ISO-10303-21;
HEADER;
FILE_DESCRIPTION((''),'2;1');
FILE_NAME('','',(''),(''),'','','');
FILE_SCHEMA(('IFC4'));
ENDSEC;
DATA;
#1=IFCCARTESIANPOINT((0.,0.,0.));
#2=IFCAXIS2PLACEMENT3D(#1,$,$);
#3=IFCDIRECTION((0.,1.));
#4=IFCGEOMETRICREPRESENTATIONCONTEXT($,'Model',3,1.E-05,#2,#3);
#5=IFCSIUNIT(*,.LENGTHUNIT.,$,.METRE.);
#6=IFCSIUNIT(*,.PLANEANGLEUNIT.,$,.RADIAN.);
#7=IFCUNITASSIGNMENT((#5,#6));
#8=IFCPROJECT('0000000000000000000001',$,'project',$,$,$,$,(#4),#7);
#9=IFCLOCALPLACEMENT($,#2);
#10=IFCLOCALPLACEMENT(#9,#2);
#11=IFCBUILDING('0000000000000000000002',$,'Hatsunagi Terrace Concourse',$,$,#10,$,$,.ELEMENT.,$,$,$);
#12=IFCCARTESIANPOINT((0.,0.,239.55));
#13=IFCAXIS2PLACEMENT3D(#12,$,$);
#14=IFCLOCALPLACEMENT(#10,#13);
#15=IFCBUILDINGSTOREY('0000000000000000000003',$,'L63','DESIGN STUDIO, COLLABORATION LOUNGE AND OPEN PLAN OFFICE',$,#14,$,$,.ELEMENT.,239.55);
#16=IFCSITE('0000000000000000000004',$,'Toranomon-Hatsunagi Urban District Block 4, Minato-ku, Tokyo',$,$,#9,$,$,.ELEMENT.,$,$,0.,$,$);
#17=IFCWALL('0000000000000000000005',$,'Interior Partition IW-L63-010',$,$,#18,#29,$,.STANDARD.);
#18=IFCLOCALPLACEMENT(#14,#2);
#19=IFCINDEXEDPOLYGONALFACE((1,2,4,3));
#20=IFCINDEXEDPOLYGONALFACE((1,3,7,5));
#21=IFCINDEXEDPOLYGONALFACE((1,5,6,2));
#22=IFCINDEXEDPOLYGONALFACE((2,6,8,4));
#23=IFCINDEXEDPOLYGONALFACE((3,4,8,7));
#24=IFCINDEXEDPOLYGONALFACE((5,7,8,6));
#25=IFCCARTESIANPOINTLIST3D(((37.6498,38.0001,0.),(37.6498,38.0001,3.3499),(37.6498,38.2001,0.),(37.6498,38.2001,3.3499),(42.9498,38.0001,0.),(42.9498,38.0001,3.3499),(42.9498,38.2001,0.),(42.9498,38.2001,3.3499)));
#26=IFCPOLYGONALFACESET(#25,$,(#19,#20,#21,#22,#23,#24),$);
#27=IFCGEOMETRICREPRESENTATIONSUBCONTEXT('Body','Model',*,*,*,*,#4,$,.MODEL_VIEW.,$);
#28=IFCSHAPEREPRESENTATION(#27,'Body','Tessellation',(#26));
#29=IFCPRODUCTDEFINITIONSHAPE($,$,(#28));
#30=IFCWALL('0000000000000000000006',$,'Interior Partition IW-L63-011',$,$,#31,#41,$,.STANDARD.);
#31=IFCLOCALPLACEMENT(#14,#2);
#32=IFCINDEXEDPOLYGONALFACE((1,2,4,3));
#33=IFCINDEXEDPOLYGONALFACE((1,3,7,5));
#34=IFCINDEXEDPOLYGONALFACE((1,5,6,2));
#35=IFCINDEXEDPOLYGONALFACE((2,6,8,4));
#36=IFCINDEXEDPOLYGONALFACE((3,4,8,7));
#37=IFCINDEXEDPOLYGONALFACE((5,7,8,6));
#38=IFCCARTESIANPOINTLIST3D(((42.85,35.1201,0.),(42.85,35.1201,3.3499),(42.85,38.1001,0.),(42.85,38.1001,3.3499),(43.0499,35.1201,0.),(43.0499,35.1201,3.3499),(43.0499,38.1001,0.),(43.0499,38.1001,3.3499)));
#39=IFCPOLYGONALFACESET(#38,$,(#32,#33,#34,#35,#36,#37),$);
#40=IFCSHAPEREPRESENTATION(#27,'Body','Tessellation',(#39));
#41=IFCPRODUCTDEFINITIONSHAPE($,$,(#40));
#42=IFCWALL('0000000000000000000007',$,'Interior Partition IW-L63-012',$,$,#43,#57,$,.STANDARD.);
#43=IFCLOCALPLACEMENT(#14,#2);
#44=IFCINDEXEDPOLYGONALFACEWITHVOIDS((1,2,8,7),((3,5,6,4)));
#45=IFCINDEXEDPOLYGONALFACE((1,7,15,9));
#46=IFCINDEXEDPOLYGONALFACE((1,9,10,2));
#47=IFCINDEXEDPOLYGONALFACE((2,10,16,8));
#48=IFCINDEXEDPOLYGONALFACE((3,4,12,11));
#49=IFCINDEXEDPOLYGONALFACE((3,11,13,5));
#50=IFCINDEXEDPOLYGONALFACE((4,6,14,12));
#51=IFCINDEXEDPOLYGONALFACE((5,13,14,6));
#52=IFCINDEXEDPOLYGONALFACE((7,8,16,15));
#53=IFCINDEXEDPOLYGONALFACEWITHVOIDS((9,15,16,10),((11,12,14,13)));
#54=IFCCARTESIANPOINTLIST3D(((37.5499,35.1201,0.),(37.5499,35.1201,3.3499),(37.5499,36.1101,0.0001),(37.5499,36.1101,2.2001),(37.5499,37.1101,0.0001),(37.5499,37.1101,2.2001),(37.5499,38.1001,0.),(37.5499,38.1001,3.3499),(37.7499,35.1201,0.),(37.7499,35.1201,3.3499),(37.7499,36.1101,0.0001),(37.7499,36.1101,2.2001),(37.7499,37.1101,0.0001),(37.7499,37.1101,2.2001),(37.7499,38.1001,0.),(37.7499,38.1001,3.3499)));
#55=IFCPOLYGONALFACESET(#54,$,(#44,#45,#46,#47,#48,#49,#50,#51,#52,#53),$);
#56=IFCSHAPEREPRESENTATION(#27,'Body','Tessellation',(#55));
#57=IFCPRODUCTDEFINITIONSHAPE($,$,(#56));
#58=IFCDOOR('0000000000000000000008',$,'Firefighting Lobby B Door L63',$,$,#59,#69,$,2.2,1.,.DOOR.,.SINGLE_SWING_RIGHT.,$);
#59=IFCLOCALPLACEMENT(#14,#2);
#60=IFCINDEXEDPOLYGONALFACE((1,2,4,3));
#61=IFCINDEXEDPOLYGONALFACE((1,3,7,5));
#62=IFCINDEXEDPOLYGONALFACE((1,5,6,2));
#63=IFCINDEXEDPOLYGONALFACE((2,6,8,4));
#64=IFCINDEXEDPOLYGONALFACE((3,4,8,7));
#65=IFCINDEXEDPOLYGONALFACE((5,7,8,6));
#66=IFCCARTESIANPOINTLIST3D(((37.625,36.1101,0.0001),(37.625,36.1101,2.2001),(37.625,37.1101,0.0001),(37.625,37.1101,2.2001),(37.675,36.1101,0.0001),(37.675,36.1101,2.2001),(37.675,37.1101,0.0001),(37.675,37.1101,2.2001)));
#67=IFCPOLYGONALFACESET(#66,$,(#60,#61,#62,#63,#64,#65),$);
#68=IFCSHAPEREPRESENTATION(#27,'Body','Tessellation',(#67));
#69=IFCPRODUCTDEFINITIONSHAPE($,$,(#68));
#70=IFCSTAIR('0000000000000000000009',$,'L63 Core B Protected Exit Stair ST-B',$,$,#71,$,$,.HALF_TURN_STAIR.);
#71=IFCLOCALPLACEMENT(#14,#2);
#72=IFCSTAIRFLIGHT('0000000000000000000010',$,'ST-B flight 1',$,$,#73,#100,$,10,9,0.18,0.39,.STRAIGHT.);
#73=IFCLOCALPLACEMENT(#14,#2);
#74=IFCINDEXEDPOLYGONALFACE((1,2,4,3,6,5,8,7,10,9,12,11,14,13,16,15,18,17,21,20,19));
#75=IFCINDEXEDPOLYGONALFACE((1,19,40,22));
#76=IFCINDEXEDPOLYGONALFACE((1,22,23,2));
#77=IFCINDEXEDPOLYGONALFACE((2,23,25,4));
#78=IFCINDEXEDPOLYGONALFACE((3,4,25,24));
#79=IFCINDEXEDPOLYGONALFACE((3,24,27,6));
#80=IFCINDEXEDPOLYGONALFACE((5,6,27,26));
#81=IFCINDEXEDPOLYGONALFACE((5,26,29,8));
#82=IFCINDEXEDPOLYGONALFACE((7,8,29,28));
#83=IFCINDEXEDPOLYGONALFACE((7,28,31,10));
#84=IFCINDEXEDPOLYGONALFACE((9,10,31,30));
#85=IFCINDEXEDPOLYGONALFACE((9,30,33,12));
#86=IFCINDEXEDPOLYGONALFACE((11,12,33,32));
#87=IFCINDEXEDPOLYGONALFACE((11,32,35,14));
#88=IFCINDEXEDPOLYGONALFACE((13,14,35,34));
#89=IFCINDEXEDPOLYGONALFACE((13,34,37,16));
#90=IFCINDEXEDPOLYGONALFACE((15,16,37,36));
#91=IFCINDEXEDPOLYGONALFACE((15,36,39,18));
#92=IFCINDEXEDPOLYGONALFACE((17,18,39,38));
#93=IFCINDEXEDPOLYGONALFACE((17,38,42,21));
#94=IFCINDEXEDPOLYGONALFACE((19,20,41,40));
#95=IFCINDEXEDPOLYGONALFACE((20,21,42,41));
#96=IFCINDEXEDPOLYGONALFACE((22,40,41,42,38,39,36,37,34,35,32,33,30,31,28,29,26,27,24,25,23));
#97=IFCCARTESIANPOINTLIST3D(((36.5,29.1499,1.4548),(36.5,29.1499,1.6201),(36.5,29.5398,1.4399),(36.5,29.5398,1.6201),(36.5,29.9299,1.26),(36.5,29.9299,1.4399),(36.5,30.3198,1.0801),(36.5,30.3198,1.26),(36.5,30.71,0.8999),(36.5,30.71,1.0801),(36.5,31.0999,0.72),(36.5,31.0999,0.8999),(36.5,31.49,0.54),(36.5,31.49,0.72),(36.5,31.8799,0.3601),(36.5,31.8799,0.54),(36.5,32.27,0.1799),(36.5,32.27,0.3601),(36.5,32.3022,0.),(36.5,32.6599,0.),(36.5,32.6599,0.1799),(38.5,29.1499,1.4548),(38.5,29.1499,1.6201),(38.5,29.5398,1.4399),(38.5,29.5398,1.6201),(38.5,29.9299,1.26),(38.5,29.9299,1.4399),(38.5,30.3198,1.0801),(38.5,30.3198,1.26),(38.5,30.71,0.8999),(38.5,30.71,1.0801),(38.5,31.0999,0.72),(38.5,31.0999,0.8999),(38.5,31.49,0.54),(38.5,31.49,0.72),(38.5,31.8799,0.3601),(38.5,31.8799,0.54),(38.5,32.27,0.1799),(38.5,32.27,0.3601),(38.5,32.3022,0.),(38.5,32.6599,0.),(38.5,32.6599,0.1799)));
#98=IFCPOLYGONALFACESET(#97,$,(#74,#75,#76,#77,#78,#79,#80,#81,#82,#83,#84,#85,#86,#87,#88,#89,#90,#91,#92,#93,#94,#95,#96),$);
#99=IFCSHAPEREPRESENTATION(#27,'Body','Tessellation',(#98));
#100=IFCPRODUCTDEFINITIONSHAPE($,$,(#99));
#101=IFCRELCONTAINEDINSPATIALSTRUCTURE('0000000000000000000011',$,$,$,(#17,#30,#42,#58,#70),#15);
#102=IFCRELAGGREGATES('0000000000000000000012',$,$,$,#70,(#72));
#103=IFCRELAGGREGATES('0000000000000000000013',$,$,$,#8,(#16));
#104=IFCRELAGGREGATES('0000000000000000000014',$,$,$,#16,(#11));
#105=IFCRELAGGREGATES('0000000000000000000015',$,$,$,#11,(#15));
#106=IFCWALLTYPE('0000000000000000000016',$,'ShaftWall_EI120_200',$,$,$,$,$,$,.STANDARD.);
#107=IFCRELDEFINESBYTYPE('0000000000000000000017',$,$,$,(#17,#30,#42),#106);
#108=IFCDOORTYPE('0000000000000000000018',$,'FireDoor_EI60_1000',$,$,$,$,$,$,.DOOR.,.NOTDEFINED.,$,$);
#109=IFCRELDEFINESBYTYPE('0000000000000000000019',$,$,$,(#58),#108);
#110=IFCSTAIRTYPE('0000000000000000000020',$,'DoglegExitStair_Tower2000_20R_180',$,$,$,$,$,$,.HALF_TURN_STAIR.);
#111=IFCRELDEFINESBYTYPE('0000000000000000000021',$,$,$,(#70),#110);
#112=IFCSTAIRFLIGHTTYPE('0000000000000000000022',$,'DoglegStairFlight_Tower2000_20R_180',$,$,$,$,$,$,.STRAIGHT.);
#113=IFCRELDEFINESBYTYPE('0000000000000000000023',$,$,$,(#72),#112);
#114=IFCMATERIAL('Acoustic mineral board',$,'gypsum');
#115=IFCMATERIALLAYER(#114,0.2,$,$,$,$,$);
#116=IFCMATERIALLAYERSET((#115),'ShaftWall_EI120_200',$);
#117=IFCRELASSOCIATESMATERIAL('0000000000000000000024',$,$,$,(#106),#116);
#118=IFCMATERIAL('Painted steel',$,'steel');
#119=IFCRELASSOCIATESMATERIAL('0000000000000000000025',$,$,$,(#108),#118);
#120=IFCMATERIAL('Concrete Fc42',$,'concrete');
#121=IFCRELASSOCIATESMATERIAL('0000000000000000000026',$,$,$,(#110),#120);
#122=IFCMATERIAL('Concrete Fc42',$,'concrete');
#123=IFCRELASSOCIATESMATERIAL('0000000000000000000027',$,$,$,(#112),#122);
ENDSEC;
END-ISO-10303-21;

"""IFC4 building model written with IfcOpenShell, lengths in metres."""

from ifc_helpers import new_model, si_unit, direction, frame, frame_2d, origin, place, context, subcontext, project, spatial, polyline, rectangle, outline, extrude, material, layer, layer_set, type_object, element, fill, aggregate, save


model = new_model("IFC4")

# Units and contexts
model_context = context("Model", 3, precision=1e-05, world=origin(), true_north=direction((0.0, 1.0)))
body_context = subcontext(model_context, "Body", "Model", "MODEL_VIEW")
ifc_project = project(units=[si_unit("LENGTHUNIT", "METRE"), si_unit("PLANEANGLEUNIT", "RADIAN")], contexts=[model_context])

# Site, building, storey
site_placement = place(None, origin())
site = spatial("IfcSite", under=ifc_project, at=site_placement, Name="Toranomon-Hatsunagi Urban District Block 4, Minato-ku, Tokyo", CompositionType="ELEMENT", RefElevation=0.0)
building_placement = place(site_placement, origin())
building = spatial("IfcBuilding", under=site, at=building_placement, Name="Hatsunagi Terrace Concourse", CompositionType="ELEMENT")
storey_placement = place(building_placement, frame((0.0, 0.0, 239.55)))
storey = spatial("IfcBuildingStorey", under=building, at=storey_placement, Name="L63", Description="DESIGN STUDIO, COLLABORATION LOUNGE AND OPEN PLAN OFFICE", CompositionType="ELEMENT", Elevation=239.55)

# Walls
ifc_material_1 = material(Name="Acoustic mineral board", Category="gypsum")
ifc_layer_1 = layer(ifc_material_1, 0.2)
ifc_layer_set_1 = layer_set([ifc_layer_1], Name="ShaftWall_EI120_200")
wall_type_1 = type_object("IfcWallType", Name="ShaftWall_EI120_200", PredefinedType="STANDARD", material=ifc_layer_set_1)
wall_1_placement = place(storey_placement, frame((37.6499, 38.1001, 0.0), z_axis=(0.0, 0.0, 1.0), x_axis=(1.0, 0.0, 0.0)))
element("IfcWall", 1, at=wall_1_placement, inside=storey, type_object=wall_type_1, Name="Interior Partition IW-L63-010", PredefinedType="STANDARD", context=body_context, shape_type="SweptSolid", body=[
    extrude(rectangle(XDim=5.3, YDim=0.2, at=frame_2d((2.6499, 0.0))), origin(), (0.0, 0.0, 1.0), 3.3499),
])
wall_2_placement = place(storey_placement, frame((42.95, 35.1201, 0.0), z_axis=(0.0, 0.0, 1.0), x_axis=(0.0, 1.0, 0.0)))
element("IfcWall", 2, at=wall_2_placement, inside=storey, type_object=wall_type_1, Name="Interior Partition IW-L63-011", PredefinedType="STANDARD", context=body_context, shape_type="SweptSolid", body=[
    extrude(rectangle(XDim=2.98, YDim=0.2, at=frame_2d((1.49, 0.0))), origin(), (0.0, 0.0, 1.0), 3.3499),
])

# Wall, opening, door
wall_3_placement = place(storey_placement, frame((37.6499, 35.1201, 0.0), z_axis=(0.0, 0.0, 1.0), x_axis=(0.0, 1.0, 0.0)))
wall_3 = element("IfcWall", 3, at=wall_3_placement, inside=storey, type_object=wall_type_1, Name="Interior Partition IW-L63-012", PredefinedType="STANDARD", context=body_context, shape_type="SweptSolid", body=[
    extrude(rectangle(XDim=2.98, YDim=0.2, at=frame_2d((1.49, 0.0))), origin(), (0.0, 0.0, 1.0), 3.3499),
])
opening_1_placement = place(wall_3_placement, frame((0.99, 0.0, 0.0)))
opening_1 = element("IfcOpeningElement", 4, at=opening_1_placement, cuts=wall_3, PredefinedType="OPENING", context=body_context, shape_type="SweptSolid", body=[
    extrude(rectangle(XDim=1.0, YDim=2.2, at=frame_2d((0.5, 1.1001))), frame((0.0, 0.1099, 0.0), z_axis=(0.0, -1.0, 0.0), x_axis=(1.0, 0.0, 0.0)), (0.0, 0.0, 1.0), 0.22),
])
ifc_material_2 = material(Name="Painted steel", Category="steel")
door_type_1 = type_object("IfcDoorType", Name="FireDoor_EI60_1000", OperationType="NOTDEFINED", PredefinedType="DOOR", material=ifc_material_2)
door_1_placement = place(opening_1_placement, origin())
door_1 = element("IfcDoor", 5, at=door_1_placement, inside=storey, type_object=door_type_1, Name="Firefighting Lobby B Door L63", OperationType="SINGLE_SWING_RIGHT", OverallHeight=2.2, OverallWidth=1.0, PredefinedType="DOOR", context=body_context, shape_type="SweptSolid", body=[
    extrude(rectangle(XDim=1.0, YDim=2.2, at=frame_2d((0.5, 1.1001))), frame((0.0, 0.0249, 0.0), z_axis=(0.0, -1.0, 0.0), x_axis=(1.0, 0.0, 0.0)), (0.0, 0.0, 1.0), 0.05),
])
fill(opening_1, door_1)

# Stair, stair flight
ifc_material_3 = material(Name="Concrete Fc42", Category="concrete")
stair_type = type_object("IfcStairType", Name="DoglegExitStair_Tower2000_20R_180", PredefinedType="HALF_TURN_STAIR", material=ifc_material_3)
stair_placement = place(storey_placement, origin())
stair = element("IfcStair", 6, at=stair_placement, inside=storey, type_object=stair_type, Name="L63 Core B Protected Exit Stair ST-B", PredefinedType="HALF_TURN_STAIR")
ifc_material_4 = material(Name="Concrete Fc42", Category="concrete")
stair_flight_type = type_object("IfcStairFlightType", Name="DoglegStairFlight_Tower2000_20R_180", PredefinedType="STRAIGHT", material=ifc_material_4)
stair_flight_placement = place(storey_placement, frame((37.5, 32.6599, 0.0), z_axis=(0.0, 0.0, 1.0), x_axis=(0.0, -1.0, 0.0)))
stair_flight = element("IfcStairFlight", 7, at=stair_flight_placement, type_object=stair_flight_type, Name="ST-B flight 1", NumberOfRisers=10, NumberOfTreads=9, PredefinedType="STRAIGHT", RiserHeight=0.18, TreadLength=0.39, context=body_context, shape_type="SweptSolid", body=[
    extrude(outline(polyline([(0.0, 0.0), (0.0, 0.1799), (0.3899, 0.1799), (0.3899, 0.3601), (0.78, 0.3601), (0.78, 0.54), (1.1699, 0.54), (1.1699, 0.72), (1.5601, 0.72), (1.5601, 0.8999), (1.95, 0.8999), (1.95, 1.0801), (2.3401, 1.0801), (2.3401, 1.26), (2.73, 1.26), (2.73, 1.4399), (3.1201, 1.4399), (3.1201, 1.6201), (3.51, 1.6201), (3.51, 1.8), (3.51, 1.4548), (0.3577, 0.0), (0.0, 0.0)])), frame((0.0, 1.0, 0.0), z_axis=(0.0, -1.0, 0.0), x_axis=(1.0, 0.0, 0.0)), (0.0, 0.0, 1.0), 2.0),
])
aggregate(stair, [stair_flight])

save(model, "model.ifc")
